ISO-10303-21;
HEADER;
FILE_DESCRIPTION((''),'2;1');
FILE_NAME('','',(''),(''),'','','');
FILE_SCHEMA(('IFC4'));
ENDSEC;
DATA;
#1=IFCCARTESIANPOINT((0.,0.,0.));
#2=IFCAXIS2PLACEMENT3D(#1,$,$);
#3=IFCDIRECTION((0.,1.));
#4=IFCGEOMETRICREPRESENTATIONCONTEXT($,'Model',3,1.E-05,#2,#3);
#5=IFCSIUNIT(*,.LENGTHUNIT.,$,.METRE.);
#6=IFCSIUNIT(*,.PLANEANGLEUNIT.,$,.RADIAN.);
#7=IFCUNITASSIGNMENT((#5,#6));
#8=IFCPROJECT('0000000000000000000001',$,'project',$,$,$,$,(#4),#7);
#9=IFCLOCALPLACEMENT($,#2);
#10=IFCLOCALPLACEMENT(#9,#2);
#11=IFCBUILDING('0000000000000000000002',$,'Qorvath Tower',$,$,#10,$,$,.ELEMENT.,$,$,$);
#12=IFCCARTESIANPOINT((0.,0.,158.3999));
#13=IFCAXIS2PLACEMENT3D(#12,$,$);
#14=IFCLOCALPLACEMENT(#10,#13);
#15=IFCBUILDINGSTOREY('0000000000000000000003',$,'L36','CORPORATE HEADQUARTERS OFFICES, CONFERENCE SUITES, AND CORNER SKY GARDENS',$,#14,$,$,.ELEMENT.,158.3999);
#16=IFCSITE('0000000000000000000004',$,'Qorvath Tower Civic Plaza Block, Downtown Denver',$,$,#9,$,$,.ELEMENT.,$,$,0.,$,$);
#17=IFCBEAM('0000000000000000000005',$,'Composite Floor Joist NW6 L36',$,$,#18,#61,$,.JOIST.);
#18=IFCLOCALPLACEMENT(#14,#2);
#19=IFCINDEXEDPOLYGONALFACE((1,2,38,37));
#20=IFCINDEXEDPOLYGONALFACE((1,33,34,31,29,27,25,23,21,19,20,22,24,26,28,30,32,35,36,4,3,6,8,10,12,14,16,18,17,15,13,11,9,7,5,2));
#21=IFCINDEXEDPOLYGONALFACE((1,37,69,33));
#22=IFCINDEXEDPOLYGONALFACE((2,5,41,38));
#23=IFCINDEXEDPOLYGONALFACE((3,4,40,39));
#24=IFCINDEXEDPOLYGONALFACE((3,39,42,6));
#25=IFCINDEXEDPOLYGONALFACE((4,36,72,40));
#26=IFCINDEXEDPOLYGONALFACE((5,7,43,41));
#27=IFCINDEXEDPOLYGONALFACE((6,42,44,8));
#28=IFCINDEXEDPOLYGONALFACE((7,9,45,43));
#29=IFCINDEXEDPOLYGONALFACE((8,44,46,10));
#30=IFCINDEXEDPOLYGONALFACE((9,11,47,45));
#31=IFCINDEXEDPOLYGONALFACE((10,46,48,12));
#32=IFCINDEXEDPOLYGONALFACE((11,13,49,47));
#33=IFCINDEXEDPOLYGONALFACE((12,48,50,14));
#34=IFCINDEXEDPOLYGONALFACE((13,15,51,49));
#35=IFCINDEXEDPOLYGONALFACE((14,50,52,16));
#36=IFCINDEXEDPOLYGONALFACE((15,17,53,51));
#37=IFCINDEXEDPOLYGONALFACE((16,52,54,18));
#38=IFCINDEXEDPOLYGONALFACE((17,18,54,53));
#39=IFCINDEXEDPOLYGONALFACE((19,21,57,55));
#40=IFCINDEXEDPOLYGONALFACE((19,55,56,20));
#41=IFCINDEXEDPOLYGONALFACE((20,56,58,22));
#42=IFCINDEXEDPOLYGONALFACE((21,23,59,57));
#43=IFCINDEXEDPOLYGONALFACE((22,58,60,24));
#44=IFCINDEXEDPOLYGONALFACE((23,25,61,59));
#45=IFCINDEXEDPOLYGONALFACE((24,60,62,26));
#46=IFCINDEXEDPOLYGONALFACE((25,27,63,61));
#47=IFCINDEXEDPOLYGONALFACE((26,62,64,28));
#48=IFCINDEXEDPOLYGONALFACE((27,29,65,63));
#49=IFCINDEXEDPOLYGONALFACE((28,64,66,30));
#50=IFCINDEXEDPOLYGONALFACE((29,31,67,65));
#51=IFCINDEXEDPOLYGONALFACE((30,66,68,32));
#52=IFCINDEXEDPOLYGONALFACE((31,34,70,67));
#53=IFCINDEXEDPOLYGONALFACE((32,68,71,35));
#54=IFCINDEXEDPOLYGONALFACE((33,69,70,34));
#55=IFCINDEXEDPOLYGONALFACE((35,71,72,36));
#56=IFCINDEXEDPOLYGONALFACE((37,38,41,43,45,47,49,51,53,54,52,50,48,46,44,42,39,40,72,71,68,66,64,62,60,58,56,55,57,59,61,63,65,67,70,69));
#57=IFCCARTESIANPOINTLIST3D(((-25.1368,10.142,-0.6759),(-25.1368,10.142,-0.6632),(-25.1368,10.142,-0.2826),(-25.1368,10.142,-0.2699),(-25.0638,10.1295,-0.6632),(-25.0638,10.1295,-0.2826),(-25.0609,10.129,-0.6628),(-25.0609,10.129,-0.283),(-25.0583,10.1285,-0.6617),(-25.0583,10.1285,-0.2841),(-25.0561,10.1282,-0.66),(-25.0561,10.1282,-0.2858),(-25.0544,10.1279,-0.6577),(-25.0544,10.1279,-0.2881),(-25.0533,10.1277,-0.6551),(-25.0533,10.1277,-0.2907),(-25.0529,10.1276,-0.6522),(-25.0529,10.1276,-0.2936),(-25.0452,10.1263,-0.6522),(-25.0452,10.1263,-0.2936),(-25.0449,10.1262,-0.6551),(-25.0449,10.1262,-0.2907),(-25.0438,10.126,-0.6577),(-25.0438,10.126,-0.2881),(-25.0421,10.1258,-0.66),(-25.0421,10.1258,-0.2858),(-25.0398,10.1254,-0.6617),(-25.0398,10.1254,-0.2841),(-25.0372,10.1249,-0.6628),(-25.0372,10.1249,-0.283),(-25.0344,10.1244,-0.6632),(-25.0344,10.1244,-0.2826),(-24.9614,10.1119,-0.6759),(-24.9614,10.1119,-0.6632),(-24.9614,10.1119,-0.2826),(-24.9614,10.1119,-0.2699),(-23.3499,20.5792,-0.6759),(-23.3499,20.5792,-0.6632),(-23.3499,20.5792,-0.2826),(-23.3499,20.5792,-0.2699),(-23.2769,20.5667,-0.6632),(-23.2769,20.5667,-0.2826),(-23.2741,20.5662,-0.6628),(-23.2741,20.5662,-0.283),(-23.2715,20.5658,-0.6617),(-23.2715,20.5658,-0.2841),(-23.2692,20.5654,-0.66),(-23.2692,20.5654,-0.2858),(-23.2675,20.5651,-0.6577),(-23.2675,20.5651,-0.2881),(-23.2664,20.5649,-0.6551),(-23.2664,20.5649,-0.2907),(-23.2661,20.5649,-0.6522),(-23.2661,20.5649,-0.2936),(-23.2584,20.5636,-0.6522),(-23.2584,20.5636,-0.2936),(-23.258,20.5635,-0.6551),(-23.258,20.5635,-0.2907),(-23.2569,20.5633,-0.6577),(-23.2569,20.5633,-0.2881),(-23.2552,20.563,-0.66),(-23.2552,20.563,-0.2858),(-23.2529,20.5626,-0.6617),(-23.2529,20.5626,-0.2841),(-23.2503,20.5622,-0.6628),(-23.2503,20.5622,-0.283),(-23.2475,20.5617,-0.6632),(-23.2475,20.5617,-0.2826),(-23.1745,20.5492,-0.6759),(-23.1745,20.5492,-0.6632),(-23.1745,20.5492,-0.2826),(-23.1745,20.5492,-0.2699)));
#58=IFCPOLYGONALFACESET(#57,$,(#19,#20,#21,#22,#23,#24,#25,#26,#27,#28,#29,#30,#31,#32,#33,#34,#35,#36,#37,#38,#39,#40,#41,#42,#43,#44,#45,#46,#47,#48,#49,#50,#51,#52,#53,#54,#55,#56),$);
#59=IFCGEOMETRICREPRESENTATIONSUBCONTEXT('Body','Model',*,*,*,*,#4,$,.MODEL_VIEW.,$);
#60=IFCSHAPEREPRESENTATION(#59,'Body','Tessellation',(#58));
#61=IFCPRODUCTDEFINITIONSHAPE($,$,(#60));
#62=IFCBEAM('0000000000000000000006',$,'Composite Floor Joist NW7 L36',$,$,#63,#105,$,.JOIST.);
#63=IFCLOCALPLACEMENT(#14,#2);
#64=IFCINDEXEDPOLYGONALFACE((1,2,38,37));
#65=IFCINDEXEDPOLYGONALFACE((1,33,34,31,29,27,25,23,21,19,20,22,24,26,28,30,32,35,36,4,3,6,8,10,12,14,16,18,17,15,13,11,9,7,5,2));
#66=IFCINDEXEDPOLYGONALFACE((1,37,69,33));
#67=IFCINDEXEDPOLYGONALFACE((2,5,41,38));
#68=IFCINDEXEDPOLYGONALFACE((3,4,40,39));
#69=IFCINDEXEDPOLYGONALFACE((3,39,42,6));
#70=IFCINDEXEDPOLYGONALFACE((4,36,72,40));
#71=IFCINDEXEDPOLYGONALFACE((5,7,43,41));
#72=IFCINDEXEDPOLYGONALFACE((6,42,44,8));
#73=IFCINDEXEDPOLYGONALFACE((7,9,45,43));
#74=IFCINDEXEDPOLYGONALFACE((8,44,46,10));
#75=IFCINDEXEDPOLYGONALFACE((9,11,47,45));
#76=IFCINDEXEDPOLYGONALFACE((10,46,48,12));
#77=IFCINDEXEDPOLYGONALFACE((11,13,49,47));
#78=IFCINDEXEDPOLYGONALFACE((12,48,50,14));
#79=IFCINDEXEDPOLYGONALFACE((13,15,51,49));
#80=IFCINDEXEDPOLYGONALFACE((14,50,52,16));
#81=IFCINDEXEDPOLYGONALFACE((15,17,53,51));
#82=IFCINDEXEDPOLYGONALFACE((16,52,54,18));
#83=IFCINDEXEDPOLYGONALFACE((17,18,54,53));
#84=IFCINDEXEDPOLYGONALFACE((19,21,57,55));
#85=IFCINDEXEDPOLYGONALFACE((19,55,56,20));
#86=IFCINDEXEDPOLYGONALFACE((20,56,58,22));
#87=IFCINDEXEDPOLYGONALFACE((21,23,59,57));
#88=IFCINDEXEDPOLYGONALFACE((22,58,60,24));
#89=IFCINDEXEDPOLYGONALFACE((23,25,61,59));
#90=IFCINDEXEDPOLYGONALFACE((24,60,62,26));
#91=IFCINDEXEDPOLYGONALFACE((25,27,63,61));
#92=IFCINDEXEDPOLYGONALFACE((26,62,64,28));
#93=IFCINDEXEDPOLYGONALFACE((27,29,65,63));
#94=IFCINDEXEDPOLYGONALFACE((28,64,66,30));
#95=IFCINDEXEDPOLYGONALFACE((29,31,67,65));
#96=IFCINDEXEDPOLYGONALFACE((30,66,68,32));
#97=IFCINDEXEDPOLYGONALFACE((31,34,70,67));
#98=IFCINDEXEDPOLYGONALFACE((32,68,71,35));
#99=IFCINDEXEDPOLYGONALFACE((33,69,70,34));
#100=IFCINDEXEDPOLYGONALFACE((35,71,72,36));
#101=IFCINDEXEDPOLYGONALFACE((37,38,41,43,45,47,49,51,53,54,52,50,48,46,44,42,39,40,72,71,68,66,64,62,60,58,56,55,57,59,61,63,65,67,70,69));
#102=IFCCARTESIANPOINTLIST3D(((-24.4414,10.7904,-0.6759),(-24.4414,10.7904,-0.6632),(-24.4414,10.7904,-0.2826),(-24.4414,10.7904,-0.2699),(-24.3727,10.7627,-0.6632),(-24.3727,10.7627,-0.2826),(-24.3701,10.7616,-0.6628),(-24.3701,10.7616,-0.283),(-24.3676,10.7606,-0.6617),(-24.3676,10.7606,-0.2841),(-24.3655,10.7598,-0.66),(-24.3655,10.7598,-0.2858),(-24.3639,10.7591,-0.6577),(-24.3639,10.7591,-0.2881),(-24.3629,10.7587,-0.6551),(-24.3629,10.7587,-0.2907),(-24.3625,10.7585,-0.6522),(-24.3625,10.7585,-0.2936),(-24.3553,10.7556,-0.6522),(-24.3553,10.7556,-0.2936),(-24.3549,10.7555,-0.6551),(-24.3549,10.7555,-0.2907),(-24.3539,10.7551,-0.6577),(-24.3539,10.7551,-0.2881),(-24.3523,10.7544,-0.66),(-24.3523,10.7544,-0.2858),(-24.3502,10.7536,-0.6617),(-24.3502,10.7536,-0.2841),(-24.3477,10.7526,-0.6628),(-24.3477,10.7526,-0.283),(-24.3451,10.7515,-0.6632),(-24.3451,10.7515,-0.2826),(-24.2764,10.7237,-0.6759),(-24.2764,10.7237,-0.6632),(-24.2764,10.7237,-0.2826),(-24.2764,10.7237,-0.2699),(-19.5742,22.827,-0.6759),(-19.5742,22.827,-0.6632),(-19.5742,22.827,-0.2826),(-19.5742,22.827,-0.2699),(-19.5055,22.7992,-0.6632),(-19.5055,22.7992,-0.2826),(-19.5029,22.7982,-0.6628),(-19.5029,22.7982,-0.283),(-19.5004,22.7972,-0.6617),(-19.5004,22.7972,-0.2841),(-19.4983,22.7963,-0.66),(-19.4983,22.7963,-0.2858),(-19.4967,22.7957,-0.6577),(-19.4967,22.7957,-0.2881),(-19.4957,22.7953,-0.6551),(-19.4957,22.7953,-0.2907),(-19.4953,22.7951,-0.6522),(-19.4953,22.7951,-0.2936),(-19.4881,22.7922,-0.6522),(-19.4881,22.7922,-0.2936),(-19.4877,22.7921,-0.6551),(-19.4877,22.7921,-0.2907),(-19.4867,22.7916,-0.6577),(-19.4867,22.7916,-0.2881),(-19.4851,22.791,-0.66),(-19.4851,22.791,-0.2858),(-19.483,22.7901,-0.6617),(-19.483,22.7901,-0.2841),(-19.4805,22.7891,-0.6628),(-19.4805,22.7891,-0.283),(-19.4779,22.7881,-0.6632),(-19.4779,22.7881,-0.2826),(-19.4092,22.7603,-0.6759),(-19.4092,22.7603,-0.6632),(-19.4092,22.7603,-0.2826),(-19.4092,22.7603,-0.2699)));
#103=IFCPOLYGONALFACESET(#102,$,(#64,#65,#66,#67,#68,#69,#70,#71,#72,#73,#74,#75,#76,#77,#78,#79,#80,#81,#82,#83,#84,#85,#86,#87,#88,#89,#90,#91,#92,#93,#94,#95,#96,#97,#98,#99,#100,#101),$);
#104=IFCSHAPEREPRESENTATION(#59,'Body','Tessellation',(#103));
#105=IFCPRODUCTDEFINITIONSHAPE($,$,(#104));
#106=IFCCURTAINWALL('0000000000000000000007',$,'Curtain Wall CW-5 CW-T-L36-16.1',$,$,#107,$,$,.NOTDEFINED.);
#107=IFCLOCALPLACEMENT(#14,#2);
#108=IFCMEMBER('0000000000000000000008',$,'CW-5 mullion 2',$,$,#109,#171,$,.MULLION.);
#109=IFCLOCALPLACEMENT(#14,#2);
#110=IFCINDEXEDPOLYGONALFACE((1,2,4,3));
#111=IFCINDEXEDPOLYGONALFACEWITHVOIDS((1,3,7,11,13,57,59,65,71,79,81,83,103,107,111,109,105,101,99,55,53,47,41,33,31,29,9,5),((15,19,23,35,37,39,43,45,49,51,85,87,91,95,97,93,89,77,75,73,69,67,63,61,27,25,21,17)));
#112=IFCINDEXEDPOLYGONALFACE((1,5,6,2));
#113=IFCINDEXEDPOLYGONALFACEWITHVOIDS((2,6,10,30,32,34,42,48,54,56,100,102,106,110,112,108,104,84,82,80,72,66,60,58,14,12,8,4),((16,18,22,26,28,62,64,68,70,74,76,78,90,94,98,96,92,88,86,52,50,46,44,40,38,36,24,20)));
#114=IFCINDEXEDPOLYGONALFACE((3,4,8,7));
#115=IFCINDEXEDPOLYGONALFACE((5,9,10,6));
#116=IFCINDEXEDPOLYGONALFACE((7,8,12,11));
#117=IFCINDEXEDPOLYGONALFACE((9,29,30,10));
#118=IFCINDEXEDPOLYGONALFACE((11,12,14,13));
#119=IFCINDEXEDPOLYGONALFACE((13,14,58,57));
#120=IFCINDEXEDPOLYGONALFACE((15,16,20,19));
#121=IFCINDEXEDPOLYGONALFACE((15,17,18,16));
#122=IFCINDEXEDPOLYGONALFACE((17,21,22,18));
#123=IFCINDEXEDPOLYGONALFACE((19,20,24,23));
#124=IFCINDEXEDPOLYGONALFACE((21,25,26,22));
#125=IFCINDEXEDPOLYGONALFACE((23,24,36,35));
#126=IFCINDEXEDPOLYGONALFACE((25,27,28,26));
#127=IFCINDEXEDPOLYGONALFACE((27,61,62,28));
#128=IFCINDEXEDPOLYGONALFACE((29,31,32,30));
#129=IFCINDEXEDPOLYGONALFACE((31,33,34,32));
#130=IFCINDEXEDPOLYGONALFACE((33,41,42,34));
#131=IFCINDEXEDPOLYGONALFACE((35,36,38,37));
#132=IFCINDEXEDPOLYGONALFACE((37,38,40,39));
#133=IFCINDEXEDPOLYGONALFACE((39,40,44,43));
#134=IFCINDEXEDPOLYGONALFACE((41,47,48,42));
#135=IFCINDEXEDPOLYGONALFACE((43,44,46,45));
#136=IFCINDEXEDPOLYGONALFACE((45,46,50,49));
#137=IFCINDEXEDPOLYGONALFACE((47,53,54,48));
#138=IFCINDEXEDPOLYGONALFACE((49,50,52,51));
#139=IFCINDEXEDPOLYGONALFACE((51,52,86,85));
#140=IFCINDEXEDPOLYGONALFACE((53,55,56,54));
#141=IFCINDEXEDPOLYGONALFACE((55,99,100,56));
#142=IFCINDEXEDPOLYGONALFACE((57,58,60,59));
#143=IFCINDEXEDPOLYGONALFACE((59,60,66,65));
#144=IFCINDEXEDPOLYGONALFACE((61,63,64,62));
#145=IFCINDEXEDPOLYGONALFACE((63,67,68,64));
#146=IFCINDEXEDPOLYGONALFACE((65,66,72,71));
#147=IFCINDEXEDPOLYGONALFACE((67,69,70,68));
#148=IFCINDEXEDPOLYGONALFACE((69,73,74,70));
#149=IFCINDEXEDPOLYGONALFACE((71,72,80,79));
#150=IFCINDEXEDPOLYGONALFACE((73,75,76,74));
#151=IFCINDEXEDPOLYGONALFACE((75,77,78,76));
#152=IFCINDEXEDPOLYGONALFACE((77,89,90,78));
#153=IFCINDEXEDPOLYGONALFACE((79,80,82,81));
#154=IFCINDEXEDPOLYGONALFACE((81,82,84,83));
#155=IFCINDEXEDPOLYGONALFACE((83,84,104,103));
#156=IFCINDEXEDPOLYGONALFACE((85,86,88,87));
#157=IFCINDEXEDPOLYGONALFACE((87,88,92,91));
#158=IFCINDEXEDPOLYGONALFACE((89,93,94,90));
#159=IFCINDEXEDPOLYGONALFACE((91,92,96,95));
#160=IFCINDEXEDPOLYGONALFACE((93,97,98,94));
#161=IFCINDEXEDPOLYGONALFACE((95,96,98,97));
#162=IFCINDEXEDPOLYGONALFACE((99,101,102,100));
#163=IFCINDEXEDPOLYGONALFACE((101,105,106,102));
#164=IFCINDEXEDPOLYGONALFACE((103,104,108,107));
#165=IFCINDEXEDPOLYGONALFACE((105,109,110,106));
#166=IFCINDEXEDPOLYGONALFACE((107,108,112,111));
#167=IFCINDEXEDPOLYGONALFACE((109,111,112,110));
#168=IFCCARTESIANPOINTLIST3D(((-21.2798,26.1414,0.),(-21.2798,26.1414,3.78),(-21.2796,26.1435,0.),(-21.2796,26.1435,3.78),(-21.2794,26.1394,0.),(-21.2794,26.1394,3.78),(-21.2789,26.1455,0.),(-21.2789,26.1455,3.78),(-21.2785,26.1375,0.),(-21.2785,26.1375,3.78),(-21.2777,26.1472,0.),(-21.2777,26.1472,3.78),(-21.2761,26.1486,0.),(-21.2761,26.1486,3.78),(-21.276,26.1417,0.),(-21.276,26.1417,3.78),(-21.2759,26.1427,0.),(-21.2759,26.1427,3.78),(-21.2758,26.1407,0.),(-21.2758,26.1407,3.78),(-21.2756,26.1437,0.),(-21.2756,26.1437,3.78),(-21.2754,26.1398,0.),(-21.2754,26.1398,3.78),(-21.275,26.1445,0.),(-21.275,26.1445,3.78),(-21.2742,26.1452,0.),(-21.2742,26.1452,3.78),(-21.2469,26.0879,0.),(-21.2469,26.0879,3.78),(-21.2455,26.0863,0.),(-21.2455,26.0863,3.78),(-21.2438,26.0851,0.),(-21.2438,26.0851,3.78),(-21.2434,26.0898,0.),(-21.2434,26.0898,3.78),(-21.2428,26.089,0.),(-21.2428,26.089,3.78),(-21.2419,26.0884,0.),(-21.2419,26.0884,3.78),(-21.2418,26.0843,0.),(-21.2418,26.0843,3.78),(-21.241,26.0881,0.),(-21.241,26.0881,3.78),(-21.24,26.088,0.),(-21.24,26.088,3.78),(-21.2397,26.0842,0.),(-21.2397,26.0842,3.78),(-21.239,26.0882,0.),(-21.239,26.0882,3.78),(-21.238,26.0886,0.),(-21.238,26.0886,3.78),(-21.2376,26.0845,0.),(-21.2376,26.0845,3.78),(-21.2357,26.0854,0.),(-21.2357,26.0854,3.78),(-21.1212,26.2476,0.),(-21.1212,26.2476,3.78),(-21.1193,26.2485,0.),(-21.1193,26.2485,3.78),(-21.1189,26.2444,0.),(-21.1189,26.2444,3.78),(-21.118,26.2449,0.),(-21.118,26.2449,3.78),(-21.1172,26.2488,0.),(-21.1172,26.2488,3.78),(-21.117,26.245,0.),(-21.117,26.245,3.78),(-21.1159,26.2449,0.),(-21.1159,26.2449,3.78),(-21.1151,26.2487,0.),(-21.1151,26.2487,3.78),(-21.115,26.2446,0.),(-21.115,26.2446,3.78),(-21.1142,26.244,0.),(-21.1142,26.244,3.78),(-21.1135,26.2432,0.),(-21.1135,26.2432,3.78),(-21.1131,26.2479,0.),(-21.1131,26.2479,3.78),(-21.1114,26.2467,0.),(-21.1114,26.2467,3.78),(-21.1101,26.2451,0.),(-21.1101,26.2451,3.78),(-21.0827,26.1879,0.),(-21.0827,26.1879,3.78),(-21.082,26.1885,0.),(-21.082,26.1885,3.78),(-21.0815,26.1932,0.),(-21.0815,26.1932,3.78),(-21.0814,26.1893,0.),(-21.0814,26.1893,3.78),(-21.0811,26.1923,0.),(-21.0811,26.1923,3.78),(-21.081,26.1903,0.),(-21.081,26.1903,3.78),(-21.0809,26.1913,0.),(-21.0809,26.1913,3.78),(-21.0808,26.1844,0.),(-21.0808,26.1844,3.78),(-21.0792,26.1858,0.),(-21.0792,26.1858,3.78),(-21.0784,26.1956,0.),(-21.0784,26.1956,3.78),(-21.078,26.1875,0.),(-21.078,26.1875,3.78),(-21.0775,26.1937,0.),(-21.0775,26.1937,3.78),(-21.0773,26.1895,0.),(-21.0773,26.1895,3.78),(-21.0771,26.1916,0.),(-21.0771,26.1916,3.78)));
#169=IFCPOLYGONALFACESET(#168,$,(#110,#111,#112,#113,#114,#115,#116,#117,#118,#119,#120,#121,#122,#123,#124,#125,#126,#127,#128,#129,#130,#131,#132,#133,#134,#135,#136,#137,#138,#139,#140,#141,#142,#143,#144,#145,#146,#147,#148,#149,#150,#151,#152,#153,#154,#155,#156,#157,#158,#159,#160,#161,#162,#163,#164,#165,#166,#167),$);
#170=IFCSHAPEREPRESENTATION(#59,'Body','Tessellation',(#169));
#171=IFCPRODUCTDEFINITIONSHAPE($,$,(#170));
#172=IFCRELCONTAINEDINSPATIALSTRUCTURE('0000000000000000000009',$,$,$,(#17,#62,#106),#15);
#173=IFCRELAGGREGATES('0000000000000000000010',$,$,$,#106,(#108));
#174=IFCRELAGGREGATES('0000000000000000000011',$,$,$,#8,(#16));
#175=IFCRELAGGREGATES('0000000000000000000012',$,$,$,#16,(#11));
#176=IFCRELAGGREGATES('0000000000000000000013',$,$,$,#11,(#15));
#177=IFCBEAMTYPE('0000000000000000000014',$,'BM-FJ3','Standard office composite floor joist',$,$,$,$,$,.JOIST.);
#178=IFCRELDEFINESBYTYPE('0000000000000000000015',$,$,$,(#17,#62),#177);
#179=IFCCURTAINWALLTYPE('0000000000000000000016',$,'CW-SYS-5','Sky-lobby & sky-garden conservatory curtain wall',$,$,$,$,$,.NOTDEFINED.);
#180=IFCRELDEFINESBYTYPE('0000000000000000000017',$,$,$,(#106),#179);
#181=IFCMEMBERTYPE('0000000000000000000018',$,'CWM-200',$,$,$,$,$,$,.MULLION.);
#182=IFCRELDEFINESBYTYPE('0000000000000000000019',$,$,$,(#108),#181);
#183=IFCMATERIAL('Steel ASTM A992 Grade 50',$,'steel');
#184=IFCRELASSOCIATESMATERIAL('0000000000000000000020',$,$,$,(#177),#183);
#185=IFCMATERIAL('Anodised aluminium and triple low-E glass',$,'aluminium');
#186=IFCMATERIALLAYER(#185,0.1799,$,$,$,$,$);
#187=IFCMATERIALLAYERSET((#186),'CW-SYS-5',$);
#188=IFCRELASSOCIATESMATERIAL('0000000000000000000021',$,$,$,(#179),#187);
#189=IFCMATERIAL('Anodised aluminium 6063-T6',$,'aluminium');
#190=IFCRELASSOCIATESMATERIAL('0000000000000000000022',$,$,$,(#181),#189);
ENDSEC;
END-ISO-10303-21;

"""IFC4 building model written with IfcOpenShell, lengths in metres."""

from ifc_helpers import new_model, si_unit, direction, frame, origin, origin_2d, place, context, subcontext, project, spatial, hollow_rectangle, i_section, extrude, material, layer, layer_set, material_profile, profile_set, type_object, element, aggregate, save


model = new_model("IFC4")

# Units and contexts
model_context = context("Model", 3, precision=1e-05, world=origin(), true_north=direction((0.0, 1.0)))
body_context = subcontext(model_context, "Body", "Model", "MODEL_VIEW")
ifc_project = project(units=[si_unit("LENGTHUNIT", "METRE"), si_unit("PLANEANGLEUNIT", "RADIAN")], contexts=[model_context])

# Site, building, storey
site_placement = place(None, origin())
site = spatial("IfcSite", under=ifc_project, at=site_placement, Name="Qorvath Tower Civic Plaza Block, Downtown Denver", CompositionType="ELEMENT", RefElevation=0.0)
building_placement = place(site_placement, origin())
building = spatial("IfcBuilding", under=site, at=building_placement, Name="Qorvath Tower", CompositionType="ELEMENT")
storey_placement = place(building_placement, frame((0.0, 0.0, 158.3999)))
storey = spatial("IfcBuildingStorey", under=building, at=storey_placement, Name="L36", Description="CORPORATE HEADQUARTERS OFFICES, CONFERENCE SUITES, AND CORNER SKY GARDENS", CompositionType="ELEMENT", Elevation=158.3999)

# Beams
ifc_material_1 = material(Name="Steel ASTM A992 Grade 50", Category="steel")
ifc_material_profile_1 = material_profile(ifc_material_1, i_section(OverallWidth=0.178, OverallDepth=0.406, WebThickness=0.0078, FlangeThickness=0.0127, FilletRadius=0.011, at=origin_2d()), Name="W16x40")
ifc_profile_set_1 = profile_set([ifc_material_profile_1], Name="Steel ASTM A992 Grade 50")
beam_type_1 = type_object("IfcBeamType", Name="BM-FJ3", Description="Standard office composite floor joist", PredefinedType="JOIST", material=ifc_profile_set_1)
beam_1_placement = place(storey_placement, frame((-25.0491, 10.127, -0.4729), z_axis=(0.168746, 0.98566, 0.0), x_axis=(-0.98566, 0.168746, 0.0)))
element("IfcBeam", 1, at=beam_1_placement, inside=storey, type_object=beam_type_1, Name="Composite Floor Joist NW6 L36", PredefinedType="JOIST", context=body_context, shape_type="SweptSolid", body=[
    extrude(i_section(OverallWidth=0.178, OverallDepth=0.406, WebThickness=0.0078, FlangeThickness=0.0127, FilletRadius=0.011, at=origin_2d()), origin(), (0.0, 0.0, 1.0), 10.5891),
])
beam_2_placement = place(storey_placement, frame((-24.3589, 10.7571, -0.4729), z_axis=(0.374877, 0.927075, 0.0), x_axis=(-0.927075, 0.374877, 0.0)))
element("IfcBeam", 2, at=beam_2_placement, inside=storey, type_object=beam_type_1, Name="Composite Floor Joist NW7 L36", PredefinedType="JOIST", context=body_context, shape_type="SweptSolid", body=[
    extrude(i_section(OverallWidth=0.178, OverallDepth=0.406, WebThickness=0.0078, FlangeThickness=0.0127, FilletRadius=0.011, at=origin_2d()), origin(), (0.0, 0.0, 1.0), 12.9834),
])

# Curtain wall, member
ifc_material_2 = material(Name="Anodised aluminium and triple low-E glass", Category="aluminium")
ifc_layer_1 = layer(ifc_material_2, 0.1799)
ifc_layer_set_1 = layer_set([ifc_layer_1], Name="CW-SYS-5")
curtain_wall_type = type_object("IfcCurtainWallType", Name="CW-SYS-5", Description="Sky-lobby & sky-garden conservatory curtain wall", PredefinedType="NOTDEFINED", material=ifc_layer_set_1)
curtain_wall_placement = place(storey_placement, origin())
curtain_wall = element("IfcCurtainWall", 3, at=curtain_wall_placement, inside=storey, type_object=curtain_wall_type, Name="Curtain Wall CW-5 CW-T-L36-16.1", PredefinedType="NOTDEFINED")
ifc_material_3 = material(Name="Anodised aluminium 6063-T6", Category="aluminium")
ifc_material_profile_2 = material_profile(ifc_material_3, hollow_rectangle(XDim=0.075, YDim=0.2, WallThickness=0.0039, InnerFilletRadius=0.0039, OuterFilletRadius=0.0081, at=origin_2d()), Name="CWM 200x75")
ifc_profile_set_2 = profile_set([ifc_material_profile_2], Name="Anodised aluminium 6063-T6")
member_type_1 = type_object("IfcMemberType", Name="CWM-200", PredefinedType="MULLION", material=ifc_profile_set_2)
member_1_placement = place(storey_placement, frame((-21.1785, 26.1665, 0.0), z_axis=(0.0, 0.0, 1.0), x_axis=(0.53854, -0.8426, 0.0)))
member_1 = element("IfcMember", 4, at=member_1_placement, type_object=member_type_1, Name="CW-5 mullion 2", PredefinedType="MULLION", context=body_context, shape_type="SweptSolid", body=[
    extrude(hollow_rectangle(XDim=0.075, YDim=0.2, WallThickness=0.0039, InnerFilletRadius=0.0039, OuterFilletRadius=0.0081, at=origin_2d()), origin(), (0.0, 0.0, 1.0), 3.78),
])
aggregate(curtain_wall, [member_1])

save(model, "model.ifc")
